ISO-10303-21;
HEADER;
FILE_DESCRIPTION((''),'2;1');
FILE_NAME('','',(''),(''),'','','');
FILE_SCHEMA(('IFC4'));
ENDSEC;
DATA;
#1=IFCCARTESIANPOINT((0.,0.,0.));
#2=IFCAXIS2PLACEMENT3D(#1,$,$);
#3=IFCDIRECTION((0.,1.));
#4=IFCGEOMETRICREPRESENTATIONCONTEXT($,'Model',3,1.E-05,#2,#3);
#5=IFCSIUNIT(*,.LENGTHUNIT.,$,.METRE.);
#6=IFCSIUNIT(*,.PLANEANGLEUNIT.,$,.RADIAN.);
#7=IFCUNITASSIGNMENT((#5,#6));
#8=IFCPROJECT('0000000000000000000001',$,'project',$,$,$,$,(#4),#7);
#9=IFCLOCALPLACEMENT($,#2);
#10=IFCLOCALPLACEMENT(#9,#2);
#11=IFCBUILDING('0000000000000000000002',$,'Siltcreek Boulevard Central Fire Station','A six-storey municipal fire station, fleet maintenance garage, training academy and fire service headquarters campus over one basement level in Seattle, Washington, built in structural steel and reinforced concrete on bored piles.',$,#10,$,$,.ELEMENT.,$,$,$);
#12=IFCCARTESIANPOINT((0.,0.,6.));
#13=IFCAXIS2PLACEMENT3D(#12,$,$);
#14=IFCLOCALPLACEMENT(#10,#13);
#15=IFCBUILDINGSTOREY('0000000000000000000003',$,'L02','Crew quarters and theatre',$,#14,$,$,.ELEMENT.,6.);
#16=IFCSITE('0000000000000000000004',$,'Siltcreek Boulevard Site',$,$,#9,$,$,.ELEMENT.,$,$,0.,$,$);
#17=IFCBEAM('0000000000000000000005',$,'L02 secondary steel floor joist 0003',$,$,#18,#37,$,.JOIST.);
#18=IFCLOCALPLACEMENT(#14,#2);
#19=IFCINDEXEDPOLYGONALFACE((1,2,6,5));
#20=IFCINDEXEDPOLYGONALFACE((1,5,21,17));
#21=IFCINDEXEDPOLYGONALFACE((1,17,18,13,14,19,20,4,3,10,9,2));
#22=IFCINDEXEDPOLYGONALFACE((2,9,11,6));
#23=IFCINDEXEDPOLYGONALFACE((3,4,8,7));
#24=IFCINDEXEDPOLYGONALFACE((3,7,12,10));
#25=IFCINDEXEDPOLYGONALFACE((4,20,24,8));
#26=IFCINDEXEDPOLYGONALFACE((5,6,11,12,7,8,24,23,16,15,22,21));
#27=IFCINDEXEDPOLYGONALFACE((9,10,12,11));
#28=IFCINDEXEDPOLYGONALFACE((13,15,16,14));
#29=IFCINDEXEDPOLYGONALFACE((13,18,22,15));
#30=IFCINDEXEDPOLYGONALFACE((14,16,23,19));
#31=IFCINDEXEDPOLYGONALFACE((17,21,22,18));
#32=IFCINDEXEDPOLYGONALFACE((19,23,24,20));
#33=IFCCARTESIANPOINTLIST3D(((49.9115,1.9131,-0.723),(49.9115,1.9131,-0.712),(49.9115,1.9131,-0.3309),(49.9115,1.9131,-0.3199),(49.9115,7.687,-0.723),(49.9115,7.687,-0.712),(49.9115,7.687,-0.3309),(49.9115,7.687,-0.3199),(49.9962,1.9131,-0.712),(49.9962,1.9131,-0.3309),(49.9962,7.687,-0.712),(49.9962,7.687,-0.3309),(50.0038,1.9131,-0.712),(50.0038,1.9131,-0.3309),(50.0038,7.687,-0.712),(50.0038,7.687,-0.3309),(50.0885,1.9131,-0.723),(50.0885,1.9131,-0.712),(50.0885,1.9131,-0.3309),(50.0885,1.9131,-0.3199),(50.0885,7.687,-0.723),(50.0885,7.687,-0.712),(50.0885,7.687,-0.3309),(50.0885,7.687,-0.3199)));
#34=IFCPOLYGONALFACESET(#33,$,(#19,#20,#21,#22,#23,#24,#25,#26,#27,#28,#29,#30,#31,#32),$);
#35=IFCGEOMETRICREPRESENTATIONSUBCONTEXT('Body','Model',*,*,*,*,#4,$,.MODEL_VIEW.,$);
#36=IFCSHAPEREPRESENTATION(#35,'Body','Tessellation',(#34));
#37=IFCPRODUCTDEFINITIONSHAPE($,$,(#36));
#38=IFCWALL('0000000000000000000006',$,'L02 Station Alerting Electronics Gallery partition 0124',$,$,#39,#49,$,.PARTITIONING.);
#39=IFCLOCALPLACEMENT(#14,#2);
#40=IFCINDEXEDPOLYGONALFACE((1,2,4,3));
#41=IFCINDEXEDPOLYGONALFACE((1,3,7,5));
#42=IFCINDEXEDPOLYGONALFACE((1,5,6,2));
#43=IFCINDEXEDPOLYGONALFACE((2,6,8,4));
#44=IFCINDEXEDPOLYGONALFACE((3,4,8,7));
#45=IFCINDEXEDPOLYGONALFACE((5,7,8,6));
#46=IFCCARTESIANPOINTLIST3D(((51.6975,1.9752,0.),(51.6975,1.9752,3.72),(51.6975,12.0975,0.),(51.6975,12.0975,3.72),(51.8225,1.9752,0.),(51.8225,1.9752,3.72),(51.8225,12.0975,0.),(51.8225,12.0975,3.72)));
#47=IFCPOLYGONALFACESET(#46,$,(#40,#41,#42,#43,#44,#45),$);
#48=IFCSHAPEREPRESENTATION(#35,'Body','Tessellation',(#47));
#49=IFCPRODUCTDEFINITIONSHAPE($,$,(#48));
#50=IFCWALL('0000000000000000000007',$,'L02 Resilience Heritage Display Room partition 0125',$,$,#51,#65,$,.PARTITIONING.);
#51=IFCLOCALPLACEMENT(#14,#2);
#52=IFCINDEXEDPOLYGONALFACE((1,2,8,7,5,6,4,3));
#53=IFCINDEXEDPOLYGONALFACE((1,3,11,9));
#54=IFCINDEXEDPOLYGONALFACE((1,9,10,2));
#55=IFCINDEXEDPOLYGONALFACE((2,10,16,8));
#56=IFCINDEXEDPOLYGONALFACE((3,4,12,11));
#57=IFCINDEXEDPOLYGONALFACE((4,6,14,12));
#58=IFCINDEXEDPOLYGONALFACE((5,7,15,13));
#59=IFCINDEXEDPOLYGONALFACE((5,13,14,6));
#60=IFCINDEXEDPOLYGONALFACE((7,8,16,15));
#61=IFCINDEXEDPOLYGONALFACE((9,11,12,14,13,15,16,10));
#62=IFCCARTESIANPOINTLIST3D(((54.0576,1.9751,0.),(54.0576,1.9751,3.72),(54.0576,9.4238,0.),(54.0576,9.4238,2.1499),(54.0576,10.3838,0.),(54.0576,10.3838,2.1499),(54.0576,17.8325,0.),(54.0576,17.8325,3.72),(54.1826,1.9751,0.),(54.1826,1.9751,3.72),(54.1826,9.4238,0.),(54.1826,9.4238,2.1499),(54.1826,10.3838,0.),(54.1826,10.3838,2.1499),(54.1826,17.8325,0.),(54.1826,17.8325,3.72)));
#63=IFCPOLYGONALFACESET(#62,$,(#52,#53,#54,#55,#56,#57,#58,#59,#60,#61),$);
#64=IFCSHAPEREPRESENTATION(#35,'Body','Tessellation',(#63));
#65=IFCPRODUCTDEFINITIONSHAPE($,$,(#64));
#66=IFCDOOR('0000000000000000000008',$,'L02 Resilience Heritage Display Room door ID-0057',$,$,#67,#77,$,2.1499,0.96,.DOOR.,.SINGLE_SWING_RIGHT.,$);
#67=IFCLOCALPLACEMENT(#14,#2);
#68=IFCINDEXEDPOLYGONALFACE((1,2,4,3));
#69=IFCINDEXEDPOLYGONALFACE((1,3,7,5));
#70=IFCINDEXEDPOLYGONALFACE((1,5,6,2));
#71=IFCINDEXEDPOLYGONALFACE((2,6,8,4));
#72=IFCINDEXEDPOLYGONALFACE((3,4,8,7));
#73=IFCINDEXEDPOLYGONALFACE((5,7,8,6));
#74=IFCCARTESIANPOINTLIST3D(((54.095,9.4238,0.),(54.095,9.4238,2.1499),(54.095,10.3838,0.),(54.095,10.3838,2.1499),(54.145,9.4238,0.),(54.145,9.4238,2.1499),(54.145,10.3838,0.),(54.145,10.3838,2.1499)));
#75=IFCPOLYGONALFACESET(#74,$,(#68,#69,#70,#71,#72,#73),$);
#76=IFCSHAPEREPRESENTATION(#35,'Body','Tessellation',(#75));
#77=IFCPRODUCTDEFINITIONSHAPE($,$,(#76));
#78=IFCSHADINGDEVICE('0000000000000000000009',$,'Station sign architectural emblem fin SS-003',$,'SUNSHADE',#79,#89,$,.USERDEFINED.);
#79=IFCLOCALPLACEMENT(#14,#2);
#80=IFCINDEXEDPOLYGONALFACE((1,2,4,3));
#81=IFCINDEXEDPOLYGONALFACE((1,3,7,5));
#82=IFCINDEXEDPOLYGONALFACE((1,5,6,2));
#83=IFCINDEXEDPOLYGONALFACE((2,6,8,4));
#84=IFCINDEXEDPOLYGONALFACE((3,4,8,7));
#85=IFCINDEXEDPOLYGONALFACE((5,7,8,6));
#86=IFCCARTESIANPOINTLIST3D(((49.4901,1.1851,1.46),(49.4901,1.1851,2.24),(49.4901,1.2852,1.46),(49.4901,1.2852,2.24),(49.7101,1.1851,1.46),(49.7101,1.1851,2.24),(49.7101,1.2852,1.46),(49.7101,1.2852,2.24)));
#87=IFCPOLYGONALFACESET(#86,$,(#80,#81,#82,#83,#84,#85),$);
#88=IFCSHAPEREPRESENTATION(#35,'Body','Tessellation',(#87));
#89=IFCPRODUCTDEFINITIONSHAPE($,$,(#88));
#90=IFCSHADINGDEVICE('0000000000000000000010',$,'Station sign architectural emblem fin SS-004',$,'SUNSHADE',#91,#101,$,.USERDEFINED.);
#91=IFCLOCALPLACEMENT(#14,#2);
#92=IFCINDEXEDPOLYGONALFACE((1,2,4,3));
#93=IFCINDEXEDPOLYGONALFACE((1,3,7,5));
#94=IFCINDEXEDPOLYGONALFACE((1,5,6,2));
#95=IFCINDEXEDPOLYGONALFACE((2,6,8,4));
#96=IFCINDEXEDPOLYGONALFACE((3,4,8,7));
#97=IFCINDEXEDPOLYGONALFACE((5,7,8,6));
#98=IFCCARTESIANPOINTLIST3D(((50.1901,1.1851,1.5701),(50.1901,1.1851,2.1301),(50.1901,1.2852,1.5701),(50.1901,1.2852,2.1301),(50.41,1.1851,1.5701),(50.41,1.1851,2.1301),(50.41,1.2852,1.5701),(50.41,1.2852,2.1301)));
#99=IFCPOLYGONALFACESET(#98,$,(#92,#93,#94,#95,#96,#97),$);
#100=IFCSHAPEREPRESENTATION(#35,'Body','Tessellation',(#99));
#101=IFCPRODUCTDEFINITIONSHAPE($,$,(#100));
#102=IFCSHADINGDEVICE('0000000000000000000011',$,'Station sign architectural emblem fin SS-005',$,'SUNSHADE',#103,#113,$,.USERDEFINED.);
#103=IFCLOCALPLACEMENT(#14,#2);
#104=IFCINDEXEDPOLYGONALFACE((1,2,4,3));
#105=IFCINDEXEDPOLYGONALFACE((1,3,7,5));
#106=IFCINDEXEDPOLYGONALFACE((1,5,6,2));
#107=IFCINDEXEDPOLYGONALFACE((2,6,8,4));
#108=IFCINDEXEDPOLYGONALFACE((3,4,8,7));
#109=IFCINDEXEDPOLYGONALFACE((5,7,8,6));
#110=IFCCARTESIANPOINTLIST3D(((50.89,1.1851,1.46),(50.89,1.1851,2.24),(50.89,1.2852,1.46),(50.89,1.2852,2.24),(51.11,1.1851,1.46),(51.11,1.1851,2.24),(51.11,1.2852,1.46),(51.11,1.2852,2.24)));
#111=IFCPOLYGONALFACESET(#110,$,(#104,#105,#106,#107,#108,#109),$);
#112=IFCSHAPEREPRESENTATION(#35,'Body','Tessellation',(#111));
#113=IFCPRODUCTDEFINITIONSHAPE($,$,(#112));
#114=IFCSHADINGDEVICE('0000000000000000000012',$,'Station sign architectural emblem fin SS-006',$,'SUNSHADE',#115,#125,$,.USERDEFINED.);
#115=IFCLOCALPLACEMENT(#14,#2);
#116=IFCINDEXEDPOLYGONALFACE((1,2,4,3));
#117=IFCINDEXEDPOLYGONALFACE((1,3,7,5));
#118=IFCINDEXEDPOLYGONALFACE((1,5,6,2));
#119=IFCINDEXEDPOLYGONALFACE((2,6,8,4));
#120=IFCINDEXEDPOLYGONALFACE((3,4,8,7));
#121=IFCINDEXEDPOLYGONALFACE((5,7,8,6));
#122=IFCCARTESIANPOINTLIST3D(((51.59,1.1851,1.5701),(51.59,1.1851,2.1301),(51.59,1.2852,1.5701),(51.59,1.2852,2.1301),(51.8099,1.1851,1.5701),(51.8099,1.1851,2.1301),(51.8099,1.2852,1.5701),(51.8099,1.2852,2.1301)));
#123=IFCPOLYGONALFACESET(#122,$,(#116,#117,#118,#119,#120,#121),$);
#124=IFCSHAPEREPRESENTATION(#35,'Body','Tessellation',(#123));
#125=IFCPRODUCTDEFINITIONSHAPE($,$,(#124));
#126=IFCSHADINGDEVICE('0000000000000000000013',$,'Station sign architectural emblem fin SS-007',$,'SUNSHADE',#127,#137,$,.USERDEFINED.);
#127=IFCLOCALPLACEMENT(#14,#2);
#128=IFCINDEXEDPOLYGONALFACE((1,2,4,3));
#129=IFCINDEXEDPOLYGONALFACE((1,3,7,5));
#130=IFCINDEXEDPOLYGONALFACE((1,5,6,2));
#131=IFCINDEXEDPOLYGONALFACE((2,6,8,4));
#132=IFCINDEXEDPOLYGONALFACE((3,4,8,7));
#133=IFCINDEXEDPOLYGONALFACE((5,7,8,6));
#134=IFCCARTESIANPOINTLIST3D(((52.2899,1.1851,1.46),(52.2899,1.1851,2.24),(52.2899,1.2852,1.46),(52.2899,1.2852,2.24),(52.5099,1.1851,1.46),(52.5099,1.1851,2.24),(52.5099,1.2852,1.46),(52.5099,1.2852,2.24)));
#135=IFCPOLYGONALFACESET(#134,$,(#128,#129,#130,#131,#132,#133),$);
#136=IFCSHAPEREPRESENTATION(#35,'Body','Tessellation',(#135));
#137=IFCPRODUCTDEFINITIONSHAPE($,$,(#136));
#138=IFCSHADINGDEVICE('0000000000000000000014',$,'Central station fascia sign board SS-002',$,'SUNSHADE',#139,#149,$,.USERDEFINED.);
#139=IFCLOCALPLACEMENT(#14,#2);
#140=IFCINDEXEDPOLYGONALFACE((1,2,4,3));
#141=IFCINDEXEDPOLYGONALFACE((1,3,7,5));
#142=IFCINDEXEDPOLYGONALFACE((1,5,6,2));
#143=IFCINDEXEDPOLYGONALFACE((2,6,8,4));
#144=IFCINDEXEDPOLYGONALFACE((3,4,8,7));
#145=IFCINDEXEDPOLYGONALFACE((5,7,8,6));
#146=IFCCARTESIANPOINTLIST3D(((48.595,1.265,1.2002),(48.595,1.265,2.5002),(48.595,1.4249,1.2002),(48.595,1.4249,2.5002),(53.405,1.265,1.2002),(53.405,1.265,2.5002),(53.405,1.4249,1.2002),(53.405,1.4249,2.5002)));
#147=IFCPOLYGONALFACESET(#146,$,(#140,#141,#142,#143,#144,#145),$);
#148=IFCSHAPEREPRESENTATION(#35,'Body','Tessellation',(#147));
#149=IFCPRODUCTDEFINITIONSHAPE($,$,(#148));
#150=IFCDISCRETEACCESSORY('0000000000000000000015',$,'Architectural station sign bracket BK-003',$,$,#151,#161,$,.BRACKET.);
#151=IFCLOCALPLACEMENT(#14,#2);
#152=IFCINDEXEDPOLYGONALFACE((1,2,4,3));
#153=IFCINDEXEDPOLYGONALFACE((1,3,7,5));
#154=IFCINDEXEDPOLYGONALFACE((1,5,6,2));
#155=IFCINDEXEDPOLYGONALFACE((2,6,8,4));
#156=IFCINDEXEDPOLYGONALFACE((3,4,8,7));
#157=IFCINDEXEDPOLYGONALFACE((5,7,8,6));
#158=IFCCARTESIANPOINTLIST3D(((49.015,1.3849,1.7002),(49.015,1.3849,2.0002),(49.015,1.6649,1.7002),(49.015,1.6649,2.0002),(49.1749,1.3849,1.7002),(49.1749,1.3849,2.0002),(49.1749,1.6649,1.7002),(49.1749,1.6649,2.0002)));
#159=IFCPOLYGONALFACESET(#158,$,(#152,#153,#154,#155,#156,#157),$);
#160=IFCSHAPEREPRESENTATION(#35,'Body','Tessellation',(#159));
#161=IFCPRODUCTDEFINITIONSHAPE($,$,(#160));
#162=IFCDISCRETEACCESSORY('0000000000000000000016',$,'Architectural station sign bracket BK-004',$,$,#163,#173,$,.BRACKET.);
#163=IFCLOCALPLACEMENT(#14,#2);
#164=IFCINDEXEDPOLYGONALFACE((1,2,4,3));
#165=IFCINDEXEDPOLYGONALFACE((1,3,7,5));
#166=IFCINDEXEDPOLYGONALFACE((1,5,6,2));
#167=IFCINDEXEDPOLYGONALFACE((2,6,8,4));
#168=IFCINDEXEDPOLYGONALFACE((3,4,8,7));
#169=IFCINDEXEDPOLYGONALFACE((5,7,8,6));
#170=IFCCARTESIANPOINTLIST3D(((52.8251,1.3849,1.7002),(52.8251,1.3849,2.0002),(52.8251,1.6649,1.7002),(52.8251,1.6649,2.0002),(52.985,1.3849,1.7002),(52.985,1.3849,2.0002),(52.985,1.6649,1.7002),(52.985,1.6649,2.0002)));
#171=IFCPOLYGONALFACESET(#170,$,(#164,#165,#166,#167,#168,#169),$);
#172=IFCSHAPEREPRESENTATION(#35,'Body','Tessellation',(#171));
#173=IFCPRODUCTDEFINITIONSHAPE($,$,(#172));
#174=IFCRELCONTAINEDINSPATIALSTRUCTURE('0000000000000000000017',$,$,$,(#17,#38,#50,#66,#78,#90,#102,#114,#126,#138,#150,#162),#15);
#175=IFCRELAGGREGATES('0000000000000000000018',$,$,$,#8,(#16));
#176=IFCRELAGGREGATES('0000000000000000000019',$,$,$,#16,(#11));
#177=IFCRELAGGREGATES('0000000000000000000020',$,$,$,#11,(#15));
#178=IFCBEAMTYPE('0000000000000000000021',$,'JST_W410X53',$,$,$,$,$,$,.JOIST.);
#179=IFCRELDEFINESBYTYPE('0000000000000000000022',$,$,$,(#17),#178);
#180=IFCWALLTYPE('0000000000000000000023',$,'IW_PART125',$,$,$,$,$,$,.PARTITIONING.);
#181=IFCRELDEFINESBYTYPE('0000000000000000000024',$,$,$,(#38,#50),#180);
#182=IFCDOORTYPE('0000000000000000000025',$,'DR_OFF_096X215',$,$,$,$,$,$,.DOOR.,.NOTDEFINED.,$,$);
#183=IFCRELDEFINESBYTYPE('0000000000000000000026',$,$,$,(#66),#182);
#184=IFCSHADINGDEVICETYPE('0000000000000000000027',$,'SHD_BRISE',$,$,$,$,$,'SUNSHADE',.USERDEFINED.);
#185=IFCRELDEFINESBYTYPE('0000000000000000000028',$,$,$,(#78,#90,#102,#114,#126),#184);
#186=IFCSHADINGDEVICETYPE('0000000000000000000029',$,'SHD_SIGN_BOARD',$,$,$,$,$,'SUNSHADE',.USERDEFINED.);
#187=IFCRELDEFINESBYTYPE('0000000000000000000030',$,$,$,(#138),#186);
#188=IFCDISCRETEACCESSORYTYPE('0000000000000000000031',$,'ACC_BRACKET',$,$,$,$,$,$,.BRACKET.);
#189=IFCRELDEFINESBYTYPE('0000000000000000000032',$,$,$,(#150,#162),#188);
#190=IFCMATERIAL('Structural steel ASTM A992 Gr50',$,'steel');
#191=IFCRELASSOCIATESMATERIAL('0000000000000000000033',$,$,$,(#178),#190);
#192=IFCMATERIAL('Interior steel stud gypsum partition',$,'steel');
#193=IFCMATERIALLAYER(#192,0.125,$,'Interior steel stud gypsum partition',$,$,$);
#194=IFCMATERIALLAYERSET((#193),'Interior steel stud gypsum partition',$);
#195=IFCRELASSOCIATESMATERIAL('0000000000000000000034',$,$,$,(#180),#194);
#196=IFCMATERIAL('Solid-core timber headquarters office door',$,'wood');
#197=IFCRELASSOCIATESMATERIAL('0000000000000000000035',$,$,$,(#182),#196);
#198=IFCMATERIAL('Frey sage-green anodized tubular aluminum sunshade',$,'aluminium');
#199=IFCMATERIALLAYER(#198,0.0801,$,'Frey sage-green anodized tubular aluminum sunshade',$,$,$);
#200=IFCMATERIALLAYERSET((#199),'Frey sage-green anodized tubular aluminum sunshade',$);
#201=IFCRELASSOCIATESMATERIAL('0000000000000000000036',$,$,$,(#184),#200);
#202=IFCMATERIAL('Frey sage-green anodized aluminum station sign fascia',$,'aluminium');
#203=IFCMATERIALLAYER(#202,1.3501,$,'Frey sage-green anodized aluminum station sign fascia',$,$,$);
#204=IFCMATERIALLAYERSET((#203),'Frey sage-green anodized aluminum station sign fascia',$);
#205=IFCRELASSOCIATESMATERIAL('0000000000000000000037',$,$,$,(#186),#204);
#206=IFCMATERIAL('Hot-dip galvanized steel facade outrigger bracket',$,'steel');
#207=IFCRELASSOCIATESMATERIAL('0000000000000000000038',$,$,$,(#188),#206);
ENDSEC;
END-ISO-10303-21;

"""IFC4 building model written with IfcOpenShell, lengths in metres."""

from ifc_helpers import new_model, si_unit, direction, frame, frame_2d, origin, origin_2d, place, context, subcontext, project, spatial, rectangle, i_section, extrude, material, layer, layer_set, material_profile, profile_set, type_object, element, fill, save


model = new_model("IFC4")

# Units and contexts
model_context = context("Model", 3, precision=1e-05, world=origin(), true_north=direction((0.0, 1.0)))
body_context = subcontext(model_context, "Body", "Model", "MODEL_VIEW")
ifc_project = project(units=[si_unit("LENGTHUNIT", "METRE"), si_unit("PLANEANGLEUNIT", "RADIAN")], contexts=[model_context])

# Site, building, storey
site_placement = place(None, origin())
site = spatial("IfcSite", under=ifc_project, at=site_placement, Name="Siltcreek Boulevard Site", CompositionType="ELEMENT", RefElevation=0.0)
building_placement = place(site_placement, origin())
building = spatial("IfcBuilding", under=site, at=building_placement, Name="Siltcreek Boulevard Central Fire Station", Description="A six-storey municipal fire station, fleet maintenance garage, training academy and fire service headquarters campus over one basement level in Seattle, Washington, built in structural steel and reinforced concrete on bored piles.", CompositionType="ELEMENT")
storey_placement = place(building_placement, frame((0.0, 0.0, 6.0)))
storey = spatial("IfcBuildingStorey", under=building, at=storey_placement, Name="L02", Description="Crew quarters and theatre", CompositionType="ELEMENT", Elevation=6.0)

# Shared definitions
ifc_material_1 = material(Name="Structural steel ASTM A992 Gr50", Category="steel")

# Beam
ifc_material_profile_1 = material_profile(ifc_material_1, i_section(OverallWidth=0.177, OverallDepth=0.4031, WebThickness=0.0076, FlangeThickness=0.011, at=origin_2d()), Name="W410X53")
ifc_profile_set_1 = profile_set([ifc_material_profile_1], Name="Structural steel ASTM A992 Gr50")
beam_type_1 = type_object("IfcBeamType", Name="JST_W410X53", PredefinedType="JOIST", material=ifc_profile_set_1)
beam_1_placement = place(storey_placement, frame((50.0, 1.9131, -0.5215), z_axis=(0.0, 1.0, 0.0), x_axis=(-1.0, 0.0, 0.0)))
element("IfcBeam", 1, at=beam_1_placement, inside=storey, type_object=beam_type_1, Name="L02 secondary steel floor joist 0003", PredefinedType="JOIST", context=body_context, shape_type="SweptSolid", body=[
    extrude(i_section(OverallWidth=0.177, OverallDepth=0.4031, WebThickness=0.0076, FlangeThickness=0.011, at=origin_2d()), origin(), (0.0, 0.0, 1.0), 5.7739),
])

# Wall
ifc_material_2 = material(Name="Interior steel stud gypsum partition", Category="steel")
ifc_layer_1 = layer(ifc_material_2, 0.125, Name="Interior steel stud gypsum partition")
ifc_layer_set_1 = layer_set([ifc_layer_1], Name="Interior steel stud gypsum partition")
wall_type = type_object("IfcWallType", Name="IW_PART125", PredefinedType="PARTITIONING", material=ifc_layer_set_1)
wall_1_placement = place(storey_placement, frame((51.76, 12.0974, 0.0), z_axis=(0.0, 0.0, 1.0), x_axis=(0.0, -1.0, 0.0)))
element("IfcWall", 2, at=wall_1_placement, inside=storey, type_object=wall_type, Name="L02 Station Alerting Electronics Gallery partition 0124", PredefinedType="PARTITIONING", context=body_context, shape_type="SweptSolid", body=[
    extrude(rectangle(XDim=10.1223, YDim=0.125, at=frame_2d((5.061, 0.0))), origin(), (0.0, 0.0, 1.0), 3.72),
])

# Wall, opening, door
wall_2_placement = place(storey_placement, frame((54.1201, 1.9751, 0.0), z_axis=(0.0, 0.0, 1.0), x_axis=(0.0, 1.0, 0.0)))
wall_2 = element("IfcWall", 3, at=wall_2_placement, inside=storey, type_object=wall_type, Name="L02 Resilience Heritage Display Room partition 0125", PredefinedType="PARTITIONING", context=body_context, shape_type="SweptSolid", body=[
    extrude(rectangle(XDim=15.8574, YDim=0.125, at=frame_2d((7.9287, 0.0))), origin(), (0.0, 0.0, 1.0), 3.72),
])
opening_placement = place(wall_2_placement, frame((7.4487, 0.0, 0.0)))
opening = element("IfcOpeningElement", 4, at=opening_placement, cuts=wall_2, PredefinedType="OPENING", context=body_context, shape_type="SweptSolid", body=[
    extrude(rectangle(XDim=0.96, YDim=2.1499, at=frame_2d((0.48, 1.075))), frame((0.0, 0.0725, 0.0), z_axis=(0.0, -1.0, 0.0), x_axis=(1.0, 0.0, 0.0)), (0.0, 0.0, 1.0), 0.145),
])
ifc_material_3 = material(Name="Solid-core timber headquarters office door", Category="wood")
door_type = type_object("IfcDoorType", Name="DR_OFF_096X215", OperationType="NOTDEFINED", PredefinedType="DOOR", material=ifc_material_3)
door_placement = place(opening_placement, frame((0.96, 0.0, 0.0), z_axis=(0.0, 0.0, 1.0), x_axis=(-1.0, 0.0, 0.0)))
door = element("IfcDoor", 5, at=door_placement, inside=storey, type_object=door_type, Name="L02 Resilience Heritage Display Room door ID-0057", OperationType="SINGLE_SWING_RIGHT", OverallHeight=2.1499, OverallWidth=0.96, PredefinedType="DOOR", context=body_context, shape_type="SweptSolid", body=[
    extrude(rectangle(XDim=0.96, YDim=2.1499, at=frame_2d((0.48, 1.075))), frame((0.0, 0.0249, 0.0), z_axis=(0.0, -1.0, 0.0), x_axis=(1.0, 0.0, 0.0)), (0.0, 0.0, 1.0), 0.05),
])
fill(opening, door)

# Shading devices
ifc_material_4 = material(Name="Frey sage-green anodized tubular aluminum sunshade", Category="aluminium")
ifc_layer_2 = layer(ifc_material_4, 0.0801, Name="Frey sage-green anodized tubular aluminum sunshade")
ifc_layer_set_2 = layer_set([ifc_layer_2], Name="Frey sage-green anodized tubular aluminum sunshade")
shading_device_type_1 = type_object("IfcShadingDeviceType", Name="SHD_BRISE", ElementType="SUNSHADE", PredefinedType="USERDEFINED", material=ifc_layer_set_2)
shading_device_1_placement = place(storey_placement, frame((49.6001, 1.2351, 1.46), z_axis=(0.0, 0.0, 1.0), x_axis=(1.0, 0.0, 0.0)))
element("IfcShadingDevice", 6, at=shading_device_1_placement, inside=storey, type_object=shading_device_type_1, Name="Station sign architectural emblem fin SS-003", ObjectType="SUNSHADE", PredefinedType="USERDEFINED", context=body_context, shape_type="SweptSolid", body=[
    extrude(rectangle(XDim=0.22, YDim=0.1001, at=origin_2d()), origin(), (0.0, 0.0, 1.0), 0.78),
])
shading_device_2_placement = place(storey_placement, frame((50.3, 1.2351, 1.5701), z_axis=(0.0, 0.0, 1.0), x_axis=(1.0, 0.0, 0.0)))
element("IfcShadingDevice", 7, at=shading_device_2_placement, inside=storey, type_object=shading_device_type_1, Name="Station sign architectural emblem fin SS-004", ObjectType="SUNSHADE", PredefinedType="USERDEFINED", context=body_context, shape_type="SweptSolid", body=[
    extrude(rectangle(XDim=0.22, YDim=0.1001, at=origin_2d()), origin(), (0.0, 0.0, 1.0), 0.5601),
])
shading_device_3_placement = place(storey_placement, frame((51.0, 1.2351, 1.46), z_axis=(0.0, 0.0, 1.0), x_axis=(1.0, 0.0, 0.0)))
element("IfcShadingDevice", 8, at=shading_device_3_placement, inside=storey, type_object=shading_device_type_1, Name="Station sign architectural emblem fin SS-005", ObjectType="SUNSHADE", PredefinedType="USERDEFINED", context=body_context, shape_type="SweptSolid", body=[
    extrude(rectangle(XDim=0.22, YDim=0.1001, at=origin_2d()), origin(), (0.0, 0.0, 1.0), 0.78),
])
shading_device_4_placement = place(storey_placement, frame((51.7, 1.2351, 1.5701), z_axis=(0.0, 0.0, 1.0), x_axis=(1.0, 0.0, 0.0)))
element("IfcShadingDevice", 9, at=shading_device_4_placement, inside=storey, type_object=shading_device_type_1, Name="Station sign architectural emblem fin SS-006", ObjectType="SUNSHADE", PredefinedType="USERDEFINED", context=body_context, shape_type="SweptSolid", body=[
    extrude(rectangle(XDim=0.22, YDim=0.1001, at=origin_2d()), origin(), (0.0, 0.0, 1.0), 0.5601),
])
shading_device_5_placement = place(storey_placement, frame((52.3999, 1.2351, 1.46), z_axis=(0.0, 0.0, 1.0), x_axis=(1.0, 0.0, 0.0)))
element("IfcShadingDevice", 10, at=shading_device_5_placement, inside=storey, type_object=shading_device_type_1, Name="Station sign architectural emblem fin SS-007", ObjectType="SUNSHADE", PredefinedType="USERDEFINED", context=body_context, shape_type="SweptSolid", body=[
    extrude(rectangle(XDim=0.22, YDim=0.1001, at=origin_2d()), origin(), (0.0, 0.0, 1.0), 0.78),
])
ifc_material_5 = material(Name="Frey sage-green anodized aluminum station sign fascia", Category="aluminium")
ifc_layer_3 = layer(ifc_material_5, 1.3501, Name="Frey sage-green anodized aluminum station sign fascia")
ifc_layer_set_3 = layer_set([ifc_layer_3], Name="Frey sage-green anodized aluminum station sign fascia")
shading_device_type_2 = type_object("IfcShadingDeviceType", Name="SHD_SIGN_BOARD", ElementType="SUNSHADE", PredefinedType="USERDEFINED", material=ifc_layer_set_3)
shading_device_6_placement = place(storey_placement, frame((51.0, 1.345, 1.2002), z_axis=(0.0, 0.0, 1.0), x_axis=(1.0, 0.0, 0.0)))
element("IfcShadingDevice", 11, at=shading_device_6_placement, inside=storey, type_object=shading_device_type_2, Name="Central station fascia sign board SS-002", ObjectType="SUNSHADE", PredefinedType="USERDEFINED", context=body_context, shape_type="SweptSolid", body=[
    extrude(rectangle(XDim=4.8101, YDim=0.1599, at=origin_2d()), origin(), (0.0, 0.0, 1.0), 1.3),
])

# Discrete accessories
ifc_material_6 = material(Name="Hot-dip galvanized steel facade outrigger bracket", Category="steel")
discrete_accessory_type = type_object("IfcDiscreteAccessoryType", Name="ACC_BRACKET", PredefinedType="BRACKET", material=ifc_material_6)
for number, where, z_axis, x_axis, name in (
    (12, (49.095, 1.5249, 1.7002), (0.0, 0.0, 1.0), (1.0, 0.0, 0.0), "Architectural station sign bracket BK-003"),
    (13, (52.905, 1.5249, 1.7002), (0.0, 0.0, 1.0), (1.0, 0.0, 0.0), "Architectural station sign bracket BK-004"),
):
    element("IfcDiscreteAccessory", number, at=place(storey_placement, frame(where, z_axis=z_axis, x_axis=x_axis)), inside=storey, type_object=discrete_accessory_type, Name=name, PredefinedType="BRACKET", context=body_context, shape_type="SweptSolid", body=[
        extrude(rectangle(XDim=0.1599, YDim=0.28, at=origin_2d()), origin(), (0.0, 0.0, 1.0), 0.3),
    ])

save(model, "model.ifc")
